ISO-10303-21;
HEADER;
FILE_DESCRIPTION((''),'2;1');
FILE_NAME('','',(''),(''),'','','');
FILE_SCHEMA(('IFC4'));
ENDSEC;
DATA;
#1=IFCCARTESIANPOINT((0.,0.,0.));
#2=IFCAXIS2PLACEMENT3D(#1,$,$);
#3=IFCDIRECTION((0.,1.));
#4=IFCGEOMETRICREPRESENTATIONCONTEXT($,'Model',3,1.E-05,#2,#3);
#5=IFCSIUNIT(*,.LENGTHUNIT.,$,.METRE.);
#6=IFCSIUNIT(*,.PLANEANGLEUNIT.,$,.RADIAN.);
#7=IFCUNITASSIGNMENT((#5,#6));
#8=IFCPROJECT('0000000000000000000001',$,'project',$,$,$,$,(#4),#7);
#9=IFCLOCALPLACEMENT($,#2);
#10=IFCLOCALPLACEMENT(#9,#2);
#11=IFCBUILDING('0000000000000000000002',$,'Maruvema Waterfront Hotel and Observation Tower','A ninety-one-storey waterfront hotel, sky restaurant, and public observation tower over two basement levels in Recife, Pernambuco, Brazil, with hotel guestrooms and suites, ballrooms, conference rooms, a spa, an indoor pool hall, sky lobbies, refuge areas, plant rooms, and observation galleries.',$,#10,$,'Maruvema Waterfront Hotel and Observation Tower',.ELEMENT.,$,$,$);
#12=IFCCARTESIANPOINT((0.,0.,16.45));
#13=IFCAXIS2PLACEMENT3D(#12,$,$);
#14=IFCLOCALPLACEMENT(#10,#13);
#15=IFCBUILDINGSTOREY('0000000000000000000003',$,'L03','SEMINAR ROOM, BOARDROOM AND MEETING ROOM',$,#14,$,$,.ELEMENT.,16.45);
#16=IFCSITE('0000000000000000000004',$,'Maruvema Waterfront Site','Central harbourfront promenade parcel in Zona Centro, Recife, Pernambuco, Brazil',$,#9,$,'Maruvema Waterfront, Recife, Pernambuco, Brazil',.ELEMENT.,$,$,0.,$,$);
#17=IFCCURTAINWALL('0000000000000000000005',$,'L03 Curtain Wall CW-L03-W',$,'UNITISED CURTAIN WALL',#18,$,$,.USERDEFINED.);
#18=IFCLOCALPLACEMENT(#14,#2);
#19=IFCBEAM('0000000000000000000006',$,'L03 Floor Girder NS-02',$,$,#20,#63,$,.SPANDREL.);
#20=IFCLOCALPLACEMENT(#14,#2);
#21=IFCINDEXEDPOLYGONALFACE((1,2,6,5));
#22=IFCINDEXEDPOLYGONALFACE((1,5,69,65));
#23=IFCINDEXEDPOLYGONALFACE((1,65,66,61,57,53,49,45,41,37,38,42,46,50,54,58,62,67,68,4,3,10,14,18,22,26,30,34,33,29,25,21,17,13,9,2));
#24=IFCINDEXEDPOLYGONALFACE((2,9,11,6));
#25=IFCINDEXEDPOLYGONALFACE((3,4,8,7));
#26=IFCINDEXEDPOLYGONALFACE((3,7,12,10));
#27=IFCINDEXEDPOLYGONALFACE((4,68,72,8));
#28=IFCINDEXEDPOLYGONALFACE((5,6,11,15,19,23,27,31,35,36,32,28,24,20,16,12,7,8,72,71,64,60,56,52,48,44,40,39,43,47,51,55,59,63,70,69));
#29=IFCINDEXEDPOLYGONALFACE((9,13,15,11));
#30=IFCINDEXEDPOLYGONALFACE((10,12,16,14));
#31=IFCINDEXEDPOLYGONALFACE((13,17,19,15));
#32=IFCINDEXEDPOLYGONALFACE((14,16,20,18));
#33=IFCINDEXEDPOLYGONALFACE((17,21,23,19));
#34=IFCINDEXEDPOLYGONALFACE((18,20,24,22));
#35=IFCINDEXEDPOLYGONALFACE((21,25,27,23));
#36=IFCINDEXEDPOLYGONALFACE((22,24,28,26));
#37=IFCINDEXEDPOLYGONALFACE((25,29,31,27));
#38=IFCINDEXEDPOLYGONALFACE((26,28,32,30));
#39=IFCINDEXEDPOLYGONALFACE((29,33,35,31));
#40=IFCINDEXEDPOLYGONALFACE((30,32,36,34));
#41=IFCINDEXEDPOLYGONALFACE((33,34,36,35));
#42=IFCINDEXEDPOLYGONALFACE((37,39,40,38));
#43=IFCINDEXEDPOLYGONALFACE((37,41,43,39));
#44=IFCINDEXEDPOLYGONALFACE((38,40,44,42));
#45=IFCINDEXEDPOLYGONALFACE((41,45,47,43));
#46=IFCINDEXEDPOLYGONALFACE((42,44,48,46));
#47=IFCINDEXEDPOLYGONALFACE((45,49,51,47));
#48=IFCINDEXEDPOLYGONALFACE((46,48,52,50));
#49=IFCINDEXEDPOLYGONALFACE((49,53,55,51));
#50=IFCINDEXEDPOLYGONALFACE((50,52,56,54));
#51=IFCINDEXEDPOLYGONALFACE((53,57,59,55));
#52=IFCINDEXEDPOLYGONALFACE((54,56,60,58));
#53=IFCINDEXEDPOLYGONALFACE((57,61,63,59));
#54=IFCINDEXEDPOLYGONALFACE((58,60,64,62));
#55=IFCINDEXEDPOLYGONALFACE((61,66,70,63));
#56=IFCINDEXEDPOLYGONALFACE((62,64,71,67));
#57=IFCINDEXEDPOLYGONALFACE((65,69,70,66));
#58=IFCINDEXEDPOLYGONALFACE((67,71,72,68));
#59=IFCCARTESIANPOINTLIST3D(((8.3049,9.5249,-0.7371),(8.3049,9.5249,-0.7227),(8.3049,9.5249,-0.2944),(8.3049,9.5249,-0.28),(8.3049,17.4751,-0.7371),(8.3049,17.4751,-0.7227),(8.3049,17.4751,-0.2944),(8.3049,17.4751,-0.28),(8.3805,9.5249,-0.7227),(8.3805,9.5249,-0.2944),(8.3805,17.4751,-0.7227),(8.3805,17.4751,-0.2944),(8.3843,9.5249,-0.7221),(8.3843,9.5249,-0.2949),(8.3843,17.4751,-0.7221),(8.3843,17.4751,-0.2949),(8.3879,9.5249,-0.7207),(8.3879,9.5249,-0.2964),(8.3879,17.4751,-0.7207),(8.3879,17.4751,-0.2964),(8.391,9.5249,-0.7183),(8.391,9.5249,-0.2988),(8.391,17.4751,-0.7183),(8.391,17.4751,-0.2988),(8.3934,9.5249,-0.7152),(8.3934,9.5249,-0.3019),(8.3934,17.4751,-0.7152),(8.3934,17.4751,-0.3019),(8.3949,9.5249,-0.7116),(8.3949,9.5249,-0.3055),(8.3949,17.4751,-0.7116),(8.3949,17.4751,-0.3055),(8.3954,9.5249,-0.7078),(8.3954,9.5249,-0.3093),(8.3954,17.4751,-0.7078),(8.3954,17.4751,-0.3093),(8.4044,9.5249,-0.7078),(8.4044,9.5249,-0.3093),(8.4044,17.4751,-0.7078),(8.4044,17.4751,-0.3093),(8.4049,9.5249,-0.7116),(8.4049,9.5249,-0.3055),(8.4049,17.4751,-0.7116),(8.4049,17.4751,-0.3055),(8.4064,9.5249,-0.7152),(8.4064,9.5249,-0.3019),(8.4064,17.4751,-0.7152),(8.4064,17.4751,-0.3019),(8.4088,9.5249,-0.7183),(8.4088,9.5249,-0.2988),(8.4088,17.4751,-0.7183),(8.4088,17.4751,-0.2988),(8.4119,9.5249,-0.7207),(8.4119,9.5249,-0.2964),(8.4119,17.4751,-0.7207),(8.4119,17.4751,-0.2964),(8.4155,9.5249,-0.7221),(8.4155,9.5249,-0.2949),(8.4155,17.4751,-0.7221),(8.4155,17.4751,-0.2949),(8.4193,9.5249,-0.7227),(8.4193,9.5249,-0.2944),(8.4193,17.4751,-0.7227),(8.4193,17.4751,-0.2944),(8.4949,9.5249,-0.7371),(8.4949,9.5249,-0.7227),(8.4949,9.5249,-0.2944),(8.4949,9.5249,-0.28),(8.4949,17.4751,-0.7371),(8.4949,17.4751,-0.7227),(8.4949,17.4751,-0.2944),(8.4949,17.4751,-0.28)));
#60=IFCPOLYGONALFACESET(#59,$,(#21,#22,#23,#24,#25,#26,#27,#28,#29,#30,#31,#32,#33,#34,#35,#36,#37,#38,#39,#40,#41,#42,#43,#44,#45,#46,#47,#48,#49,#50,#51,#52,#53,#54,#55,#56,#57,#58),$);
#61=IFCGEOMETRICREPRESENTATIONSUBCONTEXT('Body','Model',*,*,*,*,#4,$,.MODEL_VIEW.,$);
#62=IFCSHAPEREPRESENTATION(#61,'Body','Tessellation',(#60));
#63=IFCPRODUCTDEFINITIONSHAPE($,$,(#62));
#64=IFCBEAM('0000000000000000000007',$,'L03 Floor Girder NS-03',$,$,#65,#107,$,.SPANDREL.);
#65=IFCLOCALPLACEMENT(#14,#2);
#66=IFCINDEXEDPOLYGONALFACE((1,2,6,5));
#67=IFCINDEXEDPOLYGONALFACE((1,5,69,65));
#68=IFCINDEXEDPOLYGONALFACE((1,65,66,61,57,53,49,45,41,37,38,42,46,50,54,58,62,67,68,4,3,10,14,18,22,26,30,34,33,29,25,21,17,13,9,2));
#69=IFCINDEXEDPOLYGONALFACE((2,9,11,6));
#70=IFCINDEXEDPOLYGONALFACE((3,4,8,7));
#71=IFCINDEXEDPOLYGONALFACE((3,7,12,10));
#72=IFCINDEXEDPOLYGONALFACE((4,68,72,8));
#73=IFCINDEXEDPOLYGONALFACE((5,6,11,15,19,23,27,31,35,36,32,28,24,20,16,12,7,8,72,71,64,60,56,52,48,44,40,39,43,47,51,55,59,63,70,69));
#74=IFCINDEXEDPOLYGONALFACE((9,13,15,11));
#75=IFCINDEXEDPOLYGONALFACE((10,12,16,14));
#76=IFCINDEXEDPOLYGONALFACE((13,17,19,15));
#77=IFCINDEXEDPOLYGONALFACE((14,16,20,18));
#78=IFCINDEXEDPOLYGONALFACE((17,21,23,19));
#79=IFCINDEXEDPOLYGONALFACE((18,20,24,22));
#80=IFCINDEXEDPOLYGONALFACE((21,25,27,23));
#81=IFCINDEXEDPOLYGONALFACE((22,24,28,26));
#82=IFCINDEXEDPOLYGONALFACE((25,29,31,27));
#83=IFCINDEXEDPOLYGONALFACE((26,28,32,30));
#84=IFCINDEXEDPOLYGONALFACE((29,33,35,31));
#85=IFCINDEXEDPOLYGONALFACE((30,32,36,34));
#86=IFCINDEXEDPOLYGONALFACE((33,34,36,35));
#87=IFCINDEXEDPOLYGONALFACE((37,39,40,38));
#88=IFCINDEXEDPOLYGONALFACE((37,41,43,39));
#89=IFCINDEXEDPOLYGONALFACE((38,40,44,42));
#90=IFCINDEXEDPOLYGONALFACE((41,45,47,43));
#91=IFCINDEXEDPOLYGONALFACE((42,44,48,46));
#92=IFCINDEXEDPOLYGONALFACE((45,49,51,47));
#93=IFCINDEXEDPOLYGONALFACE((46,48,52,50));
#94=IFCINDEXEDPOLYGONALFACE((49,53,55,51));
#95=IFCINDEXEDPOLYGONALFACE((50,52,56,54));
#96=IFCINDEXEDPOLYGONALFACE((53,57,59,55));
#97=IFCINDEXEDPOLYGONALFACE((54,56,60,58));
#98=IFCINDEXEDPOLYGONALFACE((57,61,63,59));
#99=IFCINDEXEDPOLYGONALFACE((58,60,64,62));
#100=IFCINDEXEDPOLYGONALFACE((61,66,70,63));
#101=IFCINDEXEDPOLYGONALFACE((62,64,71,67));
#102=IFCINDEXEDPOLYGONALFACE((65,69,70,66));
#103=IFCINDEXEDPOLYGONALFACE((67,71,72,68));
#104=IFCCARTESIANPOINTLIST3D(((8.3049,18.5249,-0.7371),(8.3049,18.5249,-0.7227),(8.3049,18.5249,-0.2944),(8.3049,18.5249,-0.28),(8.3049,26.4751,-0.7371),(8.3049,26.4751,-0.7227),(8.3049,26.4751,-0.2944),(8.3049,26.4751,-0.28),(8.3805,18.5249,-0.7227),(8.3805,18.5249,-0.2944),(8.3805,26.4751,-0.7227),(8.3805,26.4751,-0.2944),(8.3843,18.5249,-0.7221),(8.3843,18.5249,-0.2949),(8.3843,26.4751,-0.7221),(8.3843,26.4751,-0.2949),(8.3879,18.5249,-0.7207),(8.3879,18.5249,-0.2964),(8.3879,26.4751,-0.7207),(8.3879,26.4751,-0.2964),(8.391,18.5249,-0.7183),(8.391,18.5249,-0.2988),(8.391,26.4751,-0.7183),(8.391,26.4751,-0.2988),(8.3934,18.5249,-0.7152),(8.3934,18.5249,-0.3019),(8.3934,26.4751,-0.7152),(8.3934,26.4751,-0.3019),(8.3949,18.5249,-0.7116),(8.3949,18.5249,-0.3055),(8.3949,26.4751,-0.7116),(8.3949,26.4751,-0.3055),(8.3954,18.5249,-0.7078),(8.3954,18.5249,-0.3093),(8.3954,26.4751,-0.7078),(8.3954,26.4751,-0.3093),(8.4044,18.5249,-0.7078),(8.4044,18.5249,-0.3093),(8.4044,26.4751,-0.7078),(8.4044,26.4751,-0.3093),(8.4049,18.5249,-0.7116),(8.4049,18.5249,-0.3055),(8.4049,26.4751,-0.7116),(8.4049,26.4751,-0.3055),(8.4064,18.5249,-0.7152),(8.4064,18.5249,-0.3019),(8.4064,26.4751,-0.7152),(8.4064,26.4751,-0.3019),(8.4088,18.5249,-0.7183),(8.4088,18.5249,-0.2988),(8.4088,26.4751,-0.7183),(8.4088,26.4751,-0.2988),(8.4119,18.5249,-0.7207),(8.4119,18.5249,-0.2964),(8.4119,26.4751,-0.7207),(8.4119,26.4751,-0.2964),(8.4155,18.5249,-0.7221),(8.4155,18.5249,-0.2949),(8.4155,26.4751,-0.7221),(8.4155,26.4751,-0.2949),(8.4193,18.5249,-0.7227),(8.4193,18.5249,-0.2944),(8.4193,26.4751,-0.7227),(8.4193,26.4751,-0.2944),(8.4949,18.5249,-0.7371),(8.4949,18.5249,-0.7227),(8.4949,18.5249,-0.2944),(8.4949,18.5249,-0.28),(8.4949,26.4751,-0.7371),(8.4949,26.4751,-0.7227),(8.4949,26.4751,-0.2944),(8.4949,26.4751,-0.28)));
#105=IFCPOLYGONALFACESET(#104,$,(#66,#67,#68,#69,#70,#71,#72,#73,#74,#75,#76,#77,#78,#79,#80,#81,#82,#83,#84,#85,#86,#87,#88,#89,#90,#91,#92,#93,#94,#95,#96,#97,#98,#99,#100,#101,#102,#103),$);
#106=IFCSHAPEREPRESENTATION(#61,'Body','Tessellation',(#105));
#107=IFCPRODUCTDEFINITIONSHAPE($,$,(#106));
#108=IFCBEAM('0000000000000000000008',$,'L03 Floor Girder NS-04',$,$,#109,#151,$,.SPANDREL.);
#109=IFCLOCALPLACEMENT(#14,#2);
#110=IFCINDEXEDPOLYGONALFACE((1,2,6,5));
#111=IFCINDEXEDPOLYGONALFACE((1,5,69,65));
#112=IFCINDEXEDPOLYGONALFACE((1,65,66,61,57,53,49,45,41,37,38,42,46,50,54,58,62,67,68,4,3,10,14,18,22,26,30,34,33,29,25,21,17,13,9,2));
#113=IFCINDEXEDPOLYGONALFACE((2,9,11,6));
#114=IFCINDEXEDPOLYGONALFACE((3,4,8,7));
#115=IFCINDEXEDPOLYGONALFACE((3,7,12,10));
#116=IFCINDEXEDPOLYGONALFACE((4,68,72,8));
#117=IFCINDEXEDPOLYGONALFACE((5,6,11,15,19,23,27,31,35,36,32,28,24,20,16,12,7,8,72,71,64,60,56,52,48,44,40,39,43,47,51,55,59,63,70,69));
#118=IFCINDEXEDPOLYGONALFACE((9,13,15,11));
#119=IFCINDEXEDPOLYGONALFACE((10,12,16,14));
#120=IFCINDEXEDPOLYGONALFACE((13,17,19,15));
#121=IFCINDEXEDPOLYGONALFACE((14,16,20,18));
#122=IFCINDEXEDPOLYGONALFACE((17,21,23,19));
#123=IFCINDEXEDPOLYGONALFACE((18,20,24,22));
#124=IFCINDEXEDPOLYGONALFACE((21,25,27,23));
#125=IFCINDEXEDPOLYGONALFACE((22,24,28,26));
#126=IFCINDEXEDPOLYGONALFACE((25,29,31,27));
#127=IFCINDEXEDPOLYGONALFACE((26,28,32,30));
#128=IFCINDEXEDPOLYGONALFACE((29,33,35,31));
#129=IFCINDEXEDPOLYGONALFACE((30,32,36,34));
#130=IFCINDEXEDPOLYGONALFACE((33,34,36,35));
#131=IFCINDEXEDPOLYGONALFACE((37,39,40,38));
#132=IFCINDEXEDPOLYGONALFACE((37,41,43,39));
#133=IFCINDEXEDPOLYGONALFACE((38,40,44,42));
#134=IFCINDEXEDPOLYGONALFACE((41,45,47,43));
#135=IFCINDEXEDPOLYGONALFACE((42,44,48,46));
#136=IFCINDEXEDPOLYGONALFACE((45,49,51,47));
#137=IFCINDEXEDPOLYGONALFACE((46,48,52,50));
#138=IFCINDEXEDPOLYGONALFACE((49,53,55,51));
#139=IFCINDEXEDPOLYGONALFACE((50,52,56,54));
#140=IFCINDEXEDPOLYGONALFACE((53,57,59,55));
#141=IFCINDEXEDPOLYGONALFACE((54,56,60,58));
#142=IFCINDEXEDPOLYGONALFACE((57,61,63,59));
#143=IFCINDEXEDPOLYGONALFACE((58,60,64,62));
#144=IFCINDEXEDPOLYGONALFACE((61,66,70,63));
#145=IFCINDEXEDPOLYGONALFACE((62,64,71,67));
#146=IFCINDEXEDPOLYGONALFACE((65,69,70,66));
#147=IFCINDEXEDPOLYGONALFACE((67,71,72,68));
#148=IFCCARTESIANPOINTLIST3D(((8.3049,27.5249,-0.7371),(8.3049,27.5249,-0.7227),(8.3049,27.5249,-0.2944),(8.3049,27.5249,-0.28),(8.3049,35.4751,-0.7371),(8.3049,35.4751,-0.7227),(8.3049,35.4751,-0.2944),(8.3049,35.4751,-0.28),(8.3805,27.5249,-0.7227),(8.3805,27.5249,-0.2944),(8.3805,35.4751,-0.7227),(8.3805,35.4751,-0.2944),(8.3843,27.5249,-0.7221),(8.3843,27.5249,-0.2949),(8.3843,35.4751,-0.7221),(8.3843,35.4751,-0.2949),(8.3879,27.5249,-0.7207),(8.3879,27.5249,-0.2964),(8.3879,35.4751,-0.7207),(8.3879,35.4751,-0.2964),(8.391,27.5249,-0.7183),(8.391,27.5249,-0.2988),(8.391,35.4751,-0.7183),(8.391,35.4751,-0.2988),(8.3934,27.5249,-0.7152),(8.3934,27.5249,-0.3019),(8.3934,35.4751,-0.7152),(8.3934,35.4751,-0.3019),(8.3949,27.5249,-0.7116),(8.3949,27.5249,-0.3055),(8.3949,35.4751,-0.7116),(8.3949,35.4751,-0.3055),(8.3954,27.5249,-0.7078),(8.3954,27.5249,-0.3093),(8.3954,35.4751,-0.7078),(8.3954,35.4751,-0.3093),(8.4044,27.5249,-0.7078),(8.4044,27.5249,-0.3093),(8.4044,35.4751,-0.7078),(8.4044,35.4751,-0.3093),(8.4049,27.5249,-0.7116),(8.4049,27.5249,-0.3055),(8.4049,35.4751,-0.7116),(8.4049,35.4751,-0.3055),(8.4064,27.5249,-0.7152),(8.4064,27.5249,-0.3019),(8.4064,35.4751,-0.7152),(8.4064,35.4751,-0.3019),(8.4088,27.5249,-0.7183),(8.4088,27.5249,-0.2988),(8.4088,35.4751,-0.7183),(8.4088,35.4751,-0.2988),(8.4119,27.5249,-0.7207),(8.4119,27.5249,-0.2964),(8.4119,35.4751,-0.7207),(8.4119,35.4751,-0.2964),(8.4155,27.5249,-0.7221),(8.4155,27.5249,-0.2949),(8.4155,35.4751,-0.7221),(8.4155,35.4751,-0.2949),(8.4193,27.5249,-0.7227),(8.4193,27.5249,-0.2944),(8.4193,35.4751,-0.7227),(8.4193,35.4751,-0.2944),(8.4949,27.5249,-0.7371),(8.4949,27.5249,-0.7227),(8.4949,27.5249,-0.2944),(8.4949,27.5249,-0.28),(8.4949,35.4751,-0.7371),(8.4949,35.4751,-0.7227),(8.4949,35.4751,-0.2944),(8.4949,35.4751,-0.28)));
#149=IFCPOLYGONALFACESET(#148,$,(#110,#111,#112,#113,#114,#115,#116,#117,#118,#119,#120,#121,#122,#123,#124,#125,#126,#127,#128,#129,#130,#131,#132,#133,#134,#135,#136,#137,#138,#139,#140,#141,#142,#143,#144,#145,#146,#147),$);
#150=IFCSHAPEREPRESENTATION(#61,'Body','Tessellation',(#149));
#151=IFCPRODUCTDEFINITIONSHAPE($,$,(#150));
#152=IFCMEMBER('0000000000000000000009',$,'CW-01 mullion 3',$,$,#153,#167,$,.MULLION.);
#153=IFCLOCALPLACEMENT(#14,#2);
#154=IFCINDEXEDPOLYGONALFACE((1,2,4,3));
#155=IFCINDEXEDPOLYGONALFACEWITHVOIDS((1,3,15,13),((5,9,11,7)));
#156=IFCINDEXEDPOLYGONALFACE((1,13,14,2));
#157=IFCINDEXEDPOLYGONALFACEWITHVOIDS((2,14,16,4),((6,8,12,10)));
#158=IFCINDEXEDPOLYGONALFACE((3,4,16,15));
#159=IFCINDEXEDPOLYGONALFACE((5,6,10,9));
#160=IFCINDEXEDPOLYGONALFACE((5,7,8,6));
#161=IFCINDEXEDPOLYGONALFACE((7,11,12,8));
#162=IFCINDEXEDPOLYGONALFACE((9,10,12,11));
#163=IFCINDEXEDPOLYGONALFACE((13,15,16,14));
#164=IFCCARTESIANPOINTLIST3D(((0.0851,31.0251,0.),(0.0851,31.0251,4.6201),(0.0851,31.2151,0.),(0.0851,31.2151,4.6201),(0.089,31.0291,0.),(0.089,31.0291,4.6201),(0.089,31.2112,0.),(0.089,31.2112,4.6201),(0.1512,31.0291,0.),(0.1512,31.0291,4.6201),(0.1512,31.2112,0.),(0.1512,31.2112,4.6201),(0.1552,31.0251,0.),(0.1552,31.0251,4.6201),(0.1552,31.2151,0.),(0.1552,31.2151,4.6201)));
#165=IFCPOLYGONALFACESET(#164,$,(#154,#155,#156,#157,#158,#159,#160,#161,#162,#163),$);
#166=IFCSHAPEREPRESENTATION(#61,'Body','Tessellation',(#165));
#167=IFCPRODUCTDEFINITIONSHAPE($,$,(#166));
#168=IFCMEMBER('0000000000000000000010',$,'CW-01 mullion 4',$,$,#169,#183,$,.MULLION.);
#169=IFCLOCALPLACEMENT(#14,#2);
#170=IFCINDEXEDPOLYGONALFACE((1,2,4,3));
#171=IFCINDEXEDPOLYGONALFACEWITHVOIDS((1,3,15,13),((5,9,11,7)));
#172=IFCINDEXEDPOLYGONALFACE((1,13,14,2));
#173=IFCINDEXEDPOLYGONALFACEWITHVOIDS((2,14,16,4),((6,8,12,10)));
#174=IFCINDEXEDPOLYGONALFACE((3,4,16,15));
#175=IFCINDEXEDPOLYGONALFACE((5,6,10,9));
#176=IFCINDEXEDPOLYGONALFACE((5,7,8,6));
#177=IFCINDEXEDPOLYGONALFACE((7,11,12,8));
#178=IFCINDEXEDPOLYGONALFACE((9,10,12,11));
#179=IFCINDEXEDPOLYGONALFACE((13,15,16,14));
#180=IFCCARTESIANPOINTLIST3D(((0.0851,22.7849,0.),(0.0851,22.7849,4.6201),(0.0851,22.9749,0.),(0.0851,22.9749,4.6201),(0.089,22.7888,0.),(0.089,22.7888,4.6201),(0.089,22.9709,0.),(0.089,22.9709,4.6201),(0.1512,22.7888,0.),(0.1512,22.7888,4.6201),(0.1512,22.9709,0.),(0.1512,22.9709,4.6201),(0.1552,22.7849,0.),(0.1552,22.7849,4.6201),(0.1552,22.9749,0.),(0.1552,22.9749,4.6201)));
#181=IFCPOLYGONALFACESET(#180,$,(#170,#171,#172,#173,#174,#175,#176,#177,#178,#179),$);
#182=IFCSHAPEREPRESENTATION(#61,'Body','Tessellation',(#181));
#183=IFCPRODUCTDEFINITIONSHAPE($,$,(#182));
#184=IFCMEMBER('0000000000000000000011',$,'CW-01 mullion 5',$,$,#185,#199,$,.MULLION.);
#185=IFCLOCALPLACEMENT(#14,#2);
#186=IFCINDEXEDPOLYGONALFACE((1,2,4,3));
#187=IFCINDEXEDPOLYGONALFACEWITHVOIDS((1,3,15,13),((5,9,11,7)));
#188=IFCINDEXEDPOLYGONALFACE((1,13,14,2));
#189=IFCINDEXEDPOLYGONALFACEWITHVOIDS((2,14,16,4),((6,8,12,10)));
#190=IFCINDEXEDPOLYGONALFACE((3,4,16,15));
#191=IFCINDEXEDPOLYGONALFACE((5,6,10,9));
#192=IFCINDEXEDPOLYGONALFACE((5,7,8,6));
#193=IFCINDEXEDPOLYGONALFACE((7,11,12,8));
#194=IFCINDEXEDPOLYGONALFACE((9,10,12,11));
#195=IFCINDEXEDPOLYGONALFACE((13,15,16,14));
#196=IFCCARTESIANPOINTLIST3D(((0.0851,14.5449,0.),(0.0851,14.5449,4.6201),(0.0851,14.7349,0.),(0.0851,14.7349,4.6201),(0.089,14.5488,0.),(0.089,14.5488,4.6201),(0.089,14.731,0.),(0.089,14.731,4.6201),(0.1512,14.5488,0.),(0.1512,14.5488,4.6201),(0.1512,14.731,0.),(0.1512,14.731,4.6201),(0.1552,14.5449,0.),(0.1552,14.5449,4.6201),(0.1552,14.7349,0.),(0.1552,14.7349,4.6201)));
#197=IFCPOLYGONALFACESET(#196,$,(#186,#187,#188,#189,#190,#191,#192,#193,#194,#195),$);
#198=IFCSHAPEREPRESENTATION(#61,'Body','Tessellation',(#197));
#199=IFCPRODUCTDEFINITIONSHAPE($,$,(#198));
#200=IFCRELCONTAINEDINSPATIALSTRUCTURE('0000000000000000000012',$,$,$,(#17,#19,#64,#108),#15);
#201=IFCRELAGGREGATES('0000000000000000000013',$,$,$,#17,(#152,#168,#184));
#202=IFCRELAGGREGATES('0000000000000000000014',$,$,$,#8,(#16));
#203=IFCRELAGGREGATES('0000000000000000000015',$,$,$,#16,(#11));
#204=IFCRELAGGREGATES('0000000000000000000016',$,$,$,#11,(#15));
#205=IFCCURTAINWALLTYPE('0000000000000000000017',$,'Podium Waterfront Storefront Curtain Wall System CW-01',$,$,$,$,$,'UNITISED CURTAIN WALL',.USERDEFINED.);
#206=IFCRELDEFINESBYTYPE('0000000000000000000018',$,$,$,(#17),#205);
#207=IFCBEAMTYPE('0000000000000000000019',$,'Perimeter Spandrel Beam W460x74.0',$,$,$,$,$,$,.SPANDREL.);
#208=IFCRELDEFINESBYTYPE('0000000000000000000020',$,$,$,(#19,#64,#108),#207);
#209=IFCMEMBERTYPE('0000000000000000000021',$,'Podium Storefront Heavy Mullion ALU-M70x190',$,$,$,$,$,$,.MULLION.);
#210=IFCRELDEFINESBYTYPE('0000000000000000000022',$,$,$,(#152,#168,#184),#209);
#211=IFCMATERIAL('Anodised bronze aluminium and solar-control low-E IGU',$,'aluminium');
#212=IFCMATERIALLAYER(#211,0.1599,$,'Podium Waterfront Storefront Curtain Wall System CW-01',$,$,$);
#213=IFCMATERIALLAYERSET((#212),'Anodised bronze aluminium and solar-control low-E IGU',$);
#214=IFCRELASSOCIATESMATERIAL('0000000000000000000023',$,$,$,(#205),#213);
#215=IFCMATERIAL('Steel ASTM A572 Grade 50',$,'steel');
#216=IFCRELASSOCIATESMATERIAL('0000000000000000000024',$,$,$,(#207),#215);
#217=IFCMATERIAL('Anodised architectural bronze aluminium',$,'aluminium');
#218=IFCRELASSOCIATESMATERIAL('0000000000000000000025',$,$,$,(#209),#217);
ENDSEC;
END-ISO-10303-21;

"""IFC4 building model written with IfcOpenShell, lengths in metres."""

from ifc_helpers import new_model, si_unit, direction, frame, origin, origin_2d, place, context, subcontext, project, spatial, hollow_rectangle, i_section, extrude, material, layer, layer_set, material_profile, profile_set, type_object, element, aggregate, save


model = new_model("IFC4")

# Units and contexts
model_context = context("Model", 3, precision=1e-05, world=origin(), true_north=direction((0.0, 1.0)))
body_context = subcontext(model_context, "Body", "Model", "MODEL_VIEW")
ifc_project = project(units=[si_unit("LENGTHUNIT", "METRE"), si_unit("PLANEANGLEUNIT", "RADIAN")], contexts=[model_context])

# Site, building, storey
site_placement = place(None, origin())
site = spatial("IfcSite", under=ifc_project, at=site_placement, Name="Maruvema Waterfront Site", Description="Central harbourfront promenade parcel in Zona Centro, Recife, Pernambuco, Brazil", LongName="Maruvema Waterfront, Recife, Pernambuco, Brazil", CompositionType="ELEMENT", RefElevation=0.0)
building_placement = place(site_placement, origin())
building = spatial("IfcBuilding", under=site, at=building_placement, Name="Maruvema Waterfront Hotel and Observation Tower", Description="A ninety-one-storey waterfront hotel, sky restaurant, and public observation tower over two basement levels in Recife, Pernambuco, Brazil, with hotel guestrooms and suites, ballrooms, conference rooms, a spa, an indoor pool hall, sky lobbies, refuge areas, plant rooms, and observation galleries.", LongName="Maruvema Waterfront Hotel and Observation Tower", CompositionType="ELEMENT")
storey_placement = place(building_placement, frame((0.0, 0.0, 16.45)))
storey = spatial("IfcBuildingStorey", under=building, at=storey_placement, Name="L03", Description="SEMINAR ROOM, BOARDROOM AND MEETING ROOM", CompositionType="ELEMENT", Elevation=16.45)

# Curtain wall
ifc_material_1 = material(Name="Anodised bronze aluminium and solar-control low-E IGU", Category="aluminium")
ifc_layer_1 = layer(ifc_material_1, 0.1599, Name="Podium Waterfront Storefront Curtain Wall System CW-01")
ifc_layer_set_1 = layer_set([ifc_layer_1], Name="Anodised bronze aluminium and solar-control low-E IGU")
curtain_wall_type = type_object("IfcCurtainWallType", Name="Podium Waterfront Storefront Curtain Wall System CW-01", ElementType="UNITISED CURTAIN WALL", PredefinedType="USERDEFINED", material=ifc_layer_set_1)
curtain_wall_placement = place(storey_placement, origin())
curtain_wall = element("IfcCurtainWall", 1, at=curtain_wall_placement, inside=storey, type_object=curtain_wall_type, Name="L03 Curtain Wall CW-L03-W", ObjectType="UNITISED CURTAIN WALL", PredefinedType="USERDEFINED")

# Beams
ifc_material_2 = material(Name="Steel ASTM A572 Grade 50", Category="steel")
ifc_material_profile_1 = material_profile(ifc_material_2, i_section(OverallWidth=0.1899, OverallDepth=0.457, WebThickness=0.009, FlangeThickness=0.0144, FilletRadius=0.0149, at=origin_2d()), Name="W460x74.0")
ifc_profile_set_1 = profile_set([ifc_material_profile_1], Name="Steel ASTM A572 Grade 50")
beam_type_1 = type_object("IfcBeamType", Name="Perimeter Spandrel Beam W460x74.0", PredefinedType="SPANDREL", material=ifc_profile_set_1)
for number, where, z_axis, x_axis, name in (
    (2, (8.3999, 9.5249, -0.5085), (0.0, 1.0, 0.0), (-1.0, 0.0, 0.0), "L03 Floor Girder NS-02"),
    (3, (8.3999, 18.5249, -0.5085), (0.0, 1.0, 0.0), (-1.0, 0.0, 0.0), "L03 Floor Girder NS-03"),
    (4, (8.3999, 27.5249, -0.5085), (0.0, 1.0, 0.0), (-1.0, 0.0, 0.0), "L03 Floor Girder NS-04"),
):
    element("IfcBeam", number, at=place(storey_placement, frame(where, z_axis=z_axis, x_axis=x_axis)), inside=storey, type_object=beam_type_1, Name=name, PredefinedType="SPANDREL", context=body_context, shape_type="SweptSolid", body=[
        extrude(i_section(OverallWidth=0.1899, OverallDepth=0.457, WebThickness=0.009, FlangeThickness=0.0144, FilletRadius=0.0149, at=origin_2d()), origin(), (0.0, 0.0, 1.0), 7.9502),
    ])

# Members
ifc_material_3 = material(Name="Anodised architectural bronze aluminium", Category="aluminium")
ifc_material_profile_2 = material_profile(ifc_material_3, hollow_rectangle(XDim=0.0701, YDim=0.1899, WallThickness=0.0039, at=origin_2d()), Name="ALU-M70x190")
ifc_profile_set_2 = profile_set([ifc_material_profile_2], Name="Anodised architectural bronze aluminium")
member_type_1 = type_object("IfcMemberType", Name="Podium Storefront Heavy Mullion ALU-M70x190", PredefinedType="MULLION", material=ifc_profile_set_2)
member_1_placement = place(storey_placement, frame((0.1201, 31.1201, 0.0), z_axis=(0.0, 0.0, 1.0), x_axis=(1.0, 0.0, 0.0)))
member_1 = element("IfcMember", 5, at=member_1_placement, type_object=member_type_1, Name="CW-01 mullion 3", PredefinedType="MULLION", context=body_context, shape_type="SweptSolid", body=[
    extrude(hollow_rectangle(XDim=0.0701, YDim=0.1899, WallThickness=0.0039, at=origin_2d()), origin(), (0.0, 0.0, 1.0), 4.6201),
])
member_2_placement = place(storey_placement, frame((0.1201, 22.8799, 0.0), z_axis=(0.0, 0.0, 1.0), x_axis=(1.0, 0.0, 0.0)))
member_2 = element("IfcMember", 6, at=member_2_placement, type_object=member_type_1, Name="CW-01 mullion 4", PredefinedType="MULLION", context=body_context, shape_type="SweptSolid", body=[
    extrude(hollow_rectangle(XDim=0.0701, YDim=0.1899, WallThickness=0.0039, at=origin_2d()), origin(), (0.0, 0.0, 1.0), 4.6201),
])
member_3_placement = place(storey_placement, frame((0.1201, 14.6399, 0.0), z_axis=(0.0, 0.0, 1.0), x_axis=(1.0, 0.0, 0.0)))
member_3 = element("IfcMember", 7, at=member_3_placement, type_object=member_type_1, Name="CW-01 mullion 5", PredefinedType="MULLION", context=body_context, shape_type="SweptSolid", body=[
    extrude(hollow_rectangle(XDim=0.0701, YDim=0.1899, WallThickness=0.0039, at=origin_2d()), origin(), (0.0, 0.0, 1.0), 4.6201),
])

aggregate(curtain_wall, [member_1, member_2, member_3])

save(model, "model.ifc")
